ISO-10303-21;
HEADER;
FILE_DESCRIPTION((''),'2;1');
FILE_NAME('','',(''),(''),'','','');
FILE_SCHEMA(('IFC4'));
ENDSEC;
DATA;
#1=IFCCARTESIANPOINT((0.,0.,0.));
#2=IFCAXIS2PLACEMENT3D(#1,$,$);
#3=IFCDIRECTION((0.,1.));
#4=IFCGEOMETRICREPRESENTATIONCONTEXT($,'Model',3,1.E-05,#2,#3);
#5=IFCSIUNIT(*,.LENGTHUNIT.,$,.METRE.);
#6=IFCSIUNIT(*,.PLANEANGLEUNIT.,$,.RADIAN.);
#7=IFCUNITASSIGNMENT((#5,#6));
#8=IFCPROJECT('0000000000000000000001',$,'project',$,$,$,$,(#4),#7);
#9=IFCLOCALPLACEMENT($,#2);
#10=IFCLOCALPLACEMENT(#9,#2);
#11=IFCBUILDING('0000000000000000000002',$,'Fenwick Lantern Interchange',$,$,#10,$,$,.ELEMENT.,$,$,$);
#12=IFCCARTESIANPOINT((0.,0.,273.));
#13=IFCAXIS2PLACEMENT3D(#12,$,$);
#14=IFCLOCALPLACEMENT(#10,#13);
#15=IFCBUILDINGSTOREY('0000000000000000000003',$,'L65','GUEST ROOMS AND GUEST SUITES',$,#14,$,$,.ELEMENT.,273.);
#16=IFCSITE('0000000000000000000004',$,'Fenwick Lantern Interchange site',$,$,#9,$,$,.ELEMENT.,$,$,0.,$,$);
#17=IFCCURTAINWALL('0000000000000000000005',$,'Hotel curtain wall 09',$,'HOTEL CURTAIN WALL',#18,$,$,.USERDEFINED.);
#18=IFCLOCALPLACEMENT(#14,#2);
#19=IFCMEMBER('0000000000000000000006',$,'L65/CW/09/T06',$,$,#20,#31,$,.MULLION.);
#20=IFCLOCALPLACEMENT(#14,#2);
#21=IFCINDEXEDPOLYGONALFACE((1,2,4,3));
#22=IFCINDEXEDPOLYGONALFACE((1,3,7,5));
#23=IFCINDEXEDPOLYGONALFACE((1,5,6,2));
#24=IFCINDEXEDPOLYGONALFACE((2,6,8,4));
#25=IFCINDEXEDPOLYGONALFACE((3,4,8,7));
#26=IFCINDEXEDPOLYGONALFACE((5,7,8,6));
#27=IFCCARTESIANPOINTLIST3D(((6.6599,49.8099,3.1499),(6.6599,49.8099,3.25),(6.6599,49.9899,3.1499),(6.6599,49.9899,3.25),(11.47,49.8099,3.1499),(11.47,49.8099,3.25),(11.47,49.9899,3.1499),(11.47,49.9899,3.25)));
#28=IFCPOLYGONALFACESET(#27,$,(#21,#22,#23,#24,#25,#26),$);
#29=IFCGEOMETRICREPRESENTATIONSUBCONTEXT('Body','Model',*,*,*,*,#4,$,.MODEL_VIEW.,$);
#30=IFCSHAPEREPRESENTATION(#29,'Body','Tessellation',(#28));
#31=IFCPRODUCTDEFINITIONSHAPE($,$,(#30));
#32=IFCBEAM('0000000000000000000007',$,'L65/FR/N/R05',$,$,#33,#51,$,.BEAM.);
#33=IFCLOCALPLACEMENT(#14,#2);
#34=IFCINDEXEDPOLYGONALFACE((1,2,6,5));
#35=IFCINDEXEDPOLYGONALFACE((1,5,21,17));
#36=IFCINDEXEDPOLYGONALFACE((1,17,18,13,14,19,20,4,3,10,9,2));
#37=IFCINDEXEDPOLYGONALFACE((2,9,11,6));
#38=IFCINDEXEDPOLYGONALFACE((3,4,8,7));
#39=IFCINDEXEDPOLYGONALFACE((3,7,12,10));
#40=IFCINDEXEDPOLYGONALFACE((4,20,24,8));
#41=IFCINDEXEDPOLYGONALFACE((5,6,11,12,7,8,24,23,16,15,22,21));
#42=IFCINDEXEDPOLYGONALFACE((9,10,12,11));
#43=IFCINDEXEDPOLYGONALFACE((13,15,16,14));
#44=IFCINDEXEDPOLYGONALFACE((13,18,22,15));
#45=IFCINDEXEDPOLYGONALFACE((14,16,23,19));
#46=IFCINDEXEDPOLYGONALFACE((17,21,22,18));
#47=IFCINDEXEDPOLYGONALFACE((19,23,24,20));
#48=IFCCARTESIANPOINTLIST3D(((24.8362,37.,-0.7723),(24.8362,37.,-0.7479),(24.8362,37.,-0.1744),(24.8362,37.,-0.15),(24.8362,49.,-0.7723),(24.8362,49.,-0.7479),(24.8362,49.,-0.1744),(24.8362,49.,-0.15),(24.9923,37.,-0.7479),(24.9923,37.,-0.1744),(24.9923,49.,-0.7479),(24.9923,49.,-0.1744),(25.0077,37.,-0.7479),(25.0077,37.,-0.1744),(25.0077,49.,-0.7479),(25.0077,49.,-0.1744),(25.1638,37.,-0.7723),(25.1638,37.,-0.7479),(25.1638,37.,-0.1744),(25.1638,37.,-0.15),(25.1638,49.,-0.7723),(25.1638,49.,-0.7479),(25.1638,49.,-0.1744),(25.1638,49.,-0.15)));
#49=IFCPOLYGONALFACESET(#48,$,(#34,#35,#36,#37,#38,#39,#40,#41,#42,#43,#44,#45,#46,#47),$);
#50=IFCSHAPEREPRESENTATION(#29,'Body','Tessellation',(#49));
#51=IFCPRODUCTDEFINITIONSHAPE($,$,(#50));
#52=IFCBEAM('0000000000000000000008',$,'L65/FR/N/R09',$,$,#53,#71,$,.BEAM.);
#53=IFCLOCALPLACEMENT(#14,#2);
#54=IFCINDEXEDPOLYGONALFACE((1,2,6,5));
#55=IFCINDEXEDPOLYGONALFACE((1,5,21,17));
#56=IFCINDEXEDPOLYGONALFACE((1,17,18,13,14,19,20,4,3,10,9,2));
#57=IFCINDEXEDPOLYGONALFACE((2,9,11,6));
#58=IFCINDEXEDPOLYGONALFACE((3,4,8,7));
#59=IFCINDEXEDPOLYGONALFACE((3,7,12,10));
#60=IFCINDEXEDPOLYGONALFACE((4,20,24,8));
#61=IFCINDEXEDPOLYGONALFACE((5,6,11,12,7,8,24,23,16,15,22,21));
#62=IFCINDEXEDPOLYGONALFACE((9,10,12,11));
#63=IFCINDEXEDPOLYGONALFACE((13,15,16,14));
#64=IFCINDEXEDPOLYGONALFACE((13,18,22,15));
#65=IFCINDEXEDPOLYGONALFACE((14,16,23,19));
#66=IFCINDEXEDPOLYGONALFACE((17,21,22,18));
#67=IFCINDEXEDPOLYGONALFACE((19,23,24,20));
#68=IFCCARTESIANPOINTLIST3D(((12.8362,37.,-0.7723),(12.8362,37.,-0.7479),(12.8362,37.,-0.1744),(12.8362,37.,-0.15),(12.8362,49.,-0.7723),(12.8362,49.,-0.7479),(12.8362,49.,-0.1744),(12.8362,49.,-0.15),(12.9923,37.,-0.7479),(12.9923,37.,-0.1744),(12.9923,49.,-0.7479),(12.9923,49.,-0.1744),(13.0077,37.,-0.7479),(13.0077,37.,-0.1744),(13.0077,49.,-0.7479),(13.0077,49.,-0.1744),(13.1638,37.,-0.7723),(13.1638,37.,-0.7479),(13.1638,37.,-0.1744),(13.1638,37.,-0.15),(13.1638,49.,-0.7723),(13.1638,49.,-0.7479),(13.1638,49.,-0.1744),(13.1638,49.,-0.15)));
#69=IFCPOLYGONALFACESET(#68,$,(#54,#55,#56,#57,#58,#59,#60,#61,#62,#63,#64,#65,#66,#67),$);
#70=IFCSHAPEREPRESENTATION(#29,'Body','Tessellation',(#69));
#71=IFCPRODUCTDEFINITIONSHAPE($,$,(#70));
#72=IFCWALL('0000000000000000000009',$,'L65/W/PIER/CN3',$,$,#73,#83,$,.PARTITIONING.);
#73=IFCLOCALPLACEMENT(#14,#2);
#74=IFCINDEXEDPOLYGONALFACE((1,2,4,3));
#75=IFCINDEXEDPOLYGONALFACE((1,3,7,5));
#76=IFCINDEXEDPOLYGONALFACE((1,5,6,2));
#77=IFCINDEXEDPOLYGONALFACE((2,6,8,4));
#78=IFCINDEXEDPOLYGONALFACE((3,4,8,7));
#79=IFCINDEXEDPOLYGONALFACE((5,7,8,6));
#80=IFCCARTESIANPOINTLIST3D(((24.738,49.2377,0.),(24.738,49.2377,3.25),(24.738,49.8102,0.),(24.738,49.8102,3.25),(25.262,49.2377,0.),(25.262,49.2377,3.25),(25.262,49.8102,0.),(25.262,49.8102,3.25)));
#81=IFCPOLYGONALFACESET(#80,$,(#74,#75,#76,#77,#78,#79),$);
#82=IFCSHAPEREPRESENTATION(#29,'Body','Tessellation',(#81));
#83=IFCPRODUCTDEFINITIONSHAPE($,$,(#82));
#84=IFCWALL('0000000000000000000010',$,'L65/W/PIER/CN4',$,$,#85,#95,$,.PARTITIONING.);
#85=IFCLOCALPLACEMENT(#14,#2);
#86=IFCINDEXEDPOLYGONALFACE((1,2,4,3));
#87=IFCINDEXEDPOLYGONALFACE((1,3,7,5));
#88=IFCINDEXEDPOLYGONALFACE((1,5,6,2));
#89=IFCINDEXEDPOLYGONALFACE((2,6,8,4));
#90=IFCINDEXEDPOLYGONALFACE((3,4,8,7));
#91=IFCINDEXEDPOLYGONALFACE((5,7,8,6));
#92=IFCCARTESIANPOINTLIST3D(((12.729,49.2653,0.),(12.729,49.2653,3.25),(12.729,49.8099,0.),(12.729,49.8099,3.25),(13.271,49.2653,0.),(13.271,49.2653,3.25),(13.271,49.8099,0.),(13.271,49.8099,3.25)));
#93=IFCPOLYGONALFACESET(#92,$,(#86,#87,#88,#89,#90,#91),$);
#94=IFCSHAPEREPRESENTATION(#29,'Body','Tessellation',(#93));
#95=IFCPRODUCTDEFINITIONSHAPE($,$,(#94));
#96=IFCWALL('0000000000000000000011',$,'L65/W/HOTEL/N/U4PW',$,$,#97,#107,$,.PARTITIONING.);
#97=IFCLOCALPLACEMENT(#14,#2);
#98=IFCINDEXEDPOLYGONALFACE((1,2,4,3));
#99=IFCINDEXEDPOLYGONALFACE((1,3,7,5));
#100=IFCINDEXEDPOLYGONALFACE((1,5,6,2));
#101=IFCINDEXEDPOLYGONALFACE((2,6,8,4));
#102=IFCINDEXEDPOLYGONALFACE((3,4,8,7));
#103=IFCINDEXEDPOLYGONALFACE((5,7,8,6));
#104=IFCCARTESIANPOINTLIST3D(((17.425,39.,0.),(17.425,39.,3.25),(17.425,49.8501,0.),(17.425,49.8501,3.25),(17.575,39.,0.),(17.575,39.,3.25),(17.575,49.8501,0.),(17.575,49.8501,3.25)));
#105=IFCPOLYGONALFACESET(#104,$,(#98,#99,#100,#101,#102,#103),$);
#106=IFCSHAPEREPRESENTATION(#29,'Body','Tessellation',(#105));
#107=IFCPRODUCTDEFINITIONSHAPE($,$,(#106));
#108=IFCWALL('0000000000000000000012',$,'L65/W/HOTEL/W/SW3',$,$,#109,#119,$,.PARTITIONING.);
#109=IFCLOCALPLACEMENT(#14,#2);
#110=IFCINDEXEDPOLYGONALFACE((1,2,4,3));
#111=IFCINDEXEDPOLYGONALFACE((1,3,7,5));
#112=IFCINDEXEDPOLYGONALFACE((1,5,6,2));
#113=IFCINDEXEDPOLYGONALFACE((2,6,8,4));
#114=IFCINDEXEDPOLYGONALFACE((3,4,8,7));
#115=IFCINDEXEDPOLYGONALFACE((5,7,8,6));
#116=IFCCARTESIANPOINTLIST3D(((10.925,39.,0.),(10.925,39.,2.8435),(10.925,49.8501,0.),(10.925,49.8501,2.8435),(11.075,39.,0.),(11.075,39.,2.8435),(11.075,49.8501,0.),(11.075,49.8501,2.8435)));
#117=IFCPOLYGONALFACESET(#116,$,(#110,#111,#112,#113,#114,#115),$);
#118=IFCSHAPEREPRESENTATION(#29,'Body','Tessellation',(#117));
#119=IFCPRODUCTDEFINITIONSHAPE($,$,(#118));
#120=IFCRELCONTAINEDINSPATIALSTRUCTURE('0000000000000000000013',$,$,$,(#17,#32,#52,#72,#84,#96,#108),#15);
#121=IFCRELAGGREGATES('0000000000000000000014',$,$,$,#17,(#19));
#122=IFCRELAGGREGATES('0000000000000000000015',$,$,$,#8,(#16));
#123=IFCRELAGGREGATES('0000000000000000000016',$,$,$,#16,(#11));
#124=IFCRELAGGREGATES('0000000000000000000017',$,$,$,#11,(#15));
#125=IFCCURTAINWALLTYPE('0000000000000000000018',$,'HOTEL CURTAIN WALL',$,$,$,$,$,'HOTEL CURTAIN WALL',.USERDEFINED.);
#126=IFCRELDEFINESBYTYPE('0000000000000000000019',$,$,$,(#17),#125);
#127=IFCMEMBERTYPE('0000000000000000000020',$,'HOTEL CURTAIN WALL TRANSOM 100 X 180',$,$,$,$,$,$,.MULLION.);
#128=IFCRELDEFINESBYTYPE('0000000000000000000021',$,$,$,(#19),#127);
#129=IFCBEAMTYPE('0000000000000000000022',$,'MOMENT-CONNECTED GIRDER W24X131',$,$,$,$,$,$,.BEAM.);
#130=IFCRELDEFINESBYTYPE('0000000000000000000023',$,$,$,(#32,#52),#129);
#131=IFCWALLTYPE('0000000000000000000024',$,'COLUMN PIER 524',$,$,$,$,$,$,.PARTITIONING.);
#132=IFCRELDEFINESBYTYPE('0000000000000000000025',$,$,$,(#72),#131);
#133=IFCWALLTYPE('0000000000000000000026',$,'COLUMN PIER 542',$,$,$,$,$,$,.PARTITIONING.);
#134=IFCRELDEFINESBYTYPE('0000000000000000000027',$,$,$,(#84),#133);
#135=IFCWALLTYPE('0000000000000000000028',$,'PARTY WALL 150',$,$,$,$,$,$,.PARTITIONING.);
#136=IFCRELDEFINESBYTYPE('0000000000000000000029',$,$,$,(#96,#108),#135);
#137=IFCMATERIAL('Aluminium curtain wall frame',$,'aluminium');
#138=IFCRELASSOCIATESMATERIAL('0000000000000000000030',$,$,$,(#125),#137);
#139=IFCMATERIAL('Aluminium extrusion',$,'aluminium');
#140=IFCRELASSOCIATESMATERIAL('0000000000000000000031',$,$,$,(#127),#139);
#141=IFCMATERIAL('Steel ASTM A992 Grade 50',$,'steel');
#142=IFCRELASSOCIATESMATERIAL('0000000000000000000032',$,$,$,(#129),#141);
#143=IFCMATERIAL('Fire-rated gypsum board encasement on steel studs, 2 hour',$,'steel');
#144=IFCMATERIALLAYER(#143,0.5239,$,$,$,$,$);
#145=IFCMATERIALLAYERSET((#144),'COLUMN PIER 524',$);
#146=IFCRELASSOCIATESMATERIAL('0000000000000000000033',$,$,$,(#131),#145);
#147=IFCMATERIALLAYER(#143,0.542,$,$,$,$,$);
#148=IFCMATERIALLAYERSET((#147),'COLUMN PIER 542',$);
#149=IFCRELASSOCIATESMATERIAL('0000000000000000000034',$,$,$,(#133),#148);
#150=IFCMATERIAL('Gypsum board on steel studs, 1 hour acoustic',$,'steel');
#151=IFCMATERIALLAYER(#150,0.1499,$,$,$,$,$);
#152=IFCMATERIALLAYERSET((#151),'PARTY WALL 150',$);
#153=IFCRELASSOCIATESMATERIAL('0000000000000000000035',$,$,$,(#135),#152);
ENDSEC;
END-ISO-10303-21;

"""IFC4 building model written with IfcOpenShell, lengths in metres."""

from ifc_helpers import new_model, si_unit, direction, frame, frame_2d, origin, origin_2d, place, context, subcontext, project, spatial, rectangle, i_section, extrude, material, layer, layer_set, material_profile, profile_set, type_object, element, aggregate, save


model = new_model("IFC4")

# Units and contexts
model_context = context("Model", 3, precision=1e-05, world=origin(), true_north=direction((0.0, 1.0)))
body_context = subcontext(model_context, "Body", "Model", "MODEL_VIEW")
ifc_project = project(units=[si_unit("LENGTHUNIT", "METRE"), si_unit("PLANEANGLEUNIT", "RADIAN")], contexts=[model_context])

# Site, building, storey
site_placement = place(None, origin())
site = spatial("IfcSite", under=ifc_project, at=site_placement, Name="Fenwick Lantern Interchange site", CompositionType="ELEMENT", RefElevation=0.0)
building_placement = place(site_placement, origin())
building = spatial("IfcBuilding", under=site, at=building_placement, Name="Fenwick Lantern Interchange", CompositionType="ELEMENT")
storey_placement = place(building_placement, frame((0.0, 0.0, 273.0)))
storey = spatial("IfcBuildingStorey", under=building, at=storey_placement, Name="L65", Description="GUEST ROOMS AND GUEST SUITES", CompositionType="ELEMENT", Elevation=273.0)

# Shared definitions
ifc_material_1 = material(Name="Steel ASTM A992 Grade 50", Category="steel")

# Curtain wall, member
ifc_material_2 = material(Name="Aluminium curtain wall frame", Category="aluminium")
curtain_wall_type = type_object("IfcCurtainWallType", Name="HOTEL CURTAIN WALL", ElementType="HOTEL CURTAIN WALL", PredefinedType="USERDEFINED", material=ifc_material_2)
curtain_wall_placement = place(storey_placement, origin())
curtain_wall = element("IfcCurtainWall", 1, at=curtain_wall_placement, inside=storey, type_object=curtain_wall_type, Name="Hotel curtain wall 09", ObjectType="HOTEL CURTAIN WALL", PredefinedType="USERDEFINED")
ifc_material_3 = material(Name="Aluminium extrusion", Category="aluminium")
ifc_material_profile_1 = material_profile(ifc_material_3, rectangle(XDim=0.1799, YDim=0.1001, at=origin_2d()), Name="HOTEL CURTAIN WALL TRANSOM 100 X 180")
ifc_profile_set_1 = profile_set([ifc_material_profile_1], Name="Aluminium extrusion")
member_type_1 = type_object("IfcMemberType", Name="HOTEL CURTAIN WALL TRANSOM 100 X 180", PredefinedType="MULLION", material=ifc_profile_set_1)
member_1_placement = place(storey_placement, frame((11.47, 49.8999, 3.2), z_axis=(-1.0, 0.0, 0.0), x_axis=(0.0, -1.0, 0.0)))
member_1 = element("IfcMember", 2, at=member_1_placement, type_object=member_type_1, Name="L65/CW/09/T06", PredefinedType="MULLION", context=body_context, shape_type="SweptSolid", body=[
    extrude(rectangle(XDim=0.1799, YDim=0.1001, at=origin_2d()), origin(), (0.0, 0.0, 1.0), 4.8101),
])
aggregate(curtain_wall, [member_1])

# Beams
ifc_material_profile_2 = material_profile(ifc_material_1, i_section(OverallWidth=0.3276, OverallDepth=0.6223, WebThickness=0.0154, FlangeThickness=0.0244, at=origin_2d()), Name="W24X131")
ifc_profile_set_2 = profile_set([ifc_material_profile_2], Name="Steel ASTM A992 Grade 50")
beam_type_1 = type_object("IfcBeamType", Name="MOMENT-CONNECTED GIRDER W24X131", PredefinedType="BEAM", material=ifc_profile_set_2)
for number, where, z_axis, x_axis, name in (
    (3, (25.0, 49.0, -0.4612), (0.0, -1.0, 0.0), (1.0, 0.0, 0.0), "L65/FR/N/R05"),
    (4, (13.0, 49.0, -0.4612), (0.0, -1.0, 0.0), (1.0, 0.0, 0.0), "L65/FR/N/R09"),
):
    element("IfcBeam", number, at=place(storey_placement, frame(where, z_axis=z_axis, x_axis=x_axis)), inside=storey, type_object=beam_type_1, Name=name, PredefinedType="BEAM", context=body_context, shape_type="SweptSolid", body=[
        extrude(i_section(OverallWidth=0.3276, OverallDepth=0.6223, WebThickness=0.0154, FlangeThickness=0.0244, at=origin_2d()), origin(), (0.0, 0.0, 1.0), 12.0),
    ])

# Walls
ifc_material_4 = material(Name="Fire-rated gypsum board encasement on steel studs, 2 hour", Category="steel")
ifc_layer_1 = layer(ifc_material_4, 0.5239)
ifc_layer_set_1 = layer_set([ifc_layer_1], Name="COLUMN PIER 524")
wall_type_1 = type_object("IfcWallType", Name="COLUMN PIER 524", PredefinedType="PARTITIONING", material=ifc_layer_set_1)
wall_1_placement = place(storey_placement, frame((25.0, 49.8101, 0.0), z_axis=(0.0, 0.0, 1.0), x_axis=(0.0, -1.0, 0.0)))
element("IfcWall", 5, at=wall_1_placement, inside=storey, type_object=wall_type_1, Name="L65/W/PIER/CN3", PredefinedType="PARTITIONING", context=body_context, shape_type="SweptSolid", body=[
    extrude(rectangle(XDim=0.5725, YDim=0.5239, at=frame_2d((0.2861, 0.0))), origin(), (0.0, 0.0, 1.0), 3.25),
])
ifc_layer_2 = layer(ifc_material_4, 0.542)
ifc_layer_set_2 = layer_set([ifc_layer_2], Name="COLUMN PIER 542")
wall_type_2 = type_object("IfcWallType", Name="COLUMN PIER 542", PredefinedType="PARTITIONING", material=ifc_layer_set_2)
wall_2_placement = place(storey_placement, frame((13.0, 49.8101, 0.0), z_axis=(0.0, 0.0, 1.0), x_axis=(0.0, -1.0, 0.0)))
element("IfcWall", 6, at=wall_2_placement, inside=storey, type_object=wall_type_2, Name="L65/W/PIER/CN4", PredefinedType="PARTITIONING", context=body_context, shape_type="SweptSolid", body=[
    extrude(rectangle(XDim=0.5447, YDim=0.542, at=frame_2d((0.2725, 0.0))), origin(), (0.0, 0.0, 1.0), 3.25),
])
ifc_material_5 = material(Name="Gypsum board on steel studs, 1 hour acoustic", Category="steel")
ifc_layer_3 = layer(ifc_material_5, 0.1499)
ifc_layer_set_3 = layer_set([ifc_layer_3], Name="PARTY WALL 150")
wall_type_3 = type_object("IfcWallType", Name="PARTY WALL 150", PredefinedType="PARTITIONING", material=ifc_layer_set_3)
wall_3_placement = place(storey_placement, frame((17.5, 49.8501, 0.0), z_axis=(0.0, 0.0, 1.0), x_axis=(0.0, -1.0, 0.0)))
element("IfcWall", 7, at=wall_3_placement, inside=storey, type_object=wall_type_3, Name="L65/W/HOTEL/N/U4PW", PredefinedType="PARTITIONING", context=body_context, shape_type="SweptSolid", body=[
    extrude(rectangle(XDim=10.8501, YDim=0.1499, at=frame_2d((5.425, 0.0))), origin(), (0.0, 0.0, 1.0), 3.25),
])
wall_4_placement = place(storey_placement, frame((11.0, 49.8501, 0.0), z_axis=(0.0, 0.0, 1.0), x_axis=(0.0, -1.0, 0.0)))
element("IfcWall", 8, at=wall_4_placement, inside=storey, type_object=wall_type_3, Name="L65/W/HOTEL/W/SW3", PredefinedType="PARTITIONING", context=body_context, shape_type="SweptSolid", body=[
    extrude(rectangle(XDim=10.8501, YDim=0.1499, at=frame_2d((5.425, 0.0))), origin(), (0.0, 0.0, 1.0), 2.8435),
])

save(model, "model.ifc")
